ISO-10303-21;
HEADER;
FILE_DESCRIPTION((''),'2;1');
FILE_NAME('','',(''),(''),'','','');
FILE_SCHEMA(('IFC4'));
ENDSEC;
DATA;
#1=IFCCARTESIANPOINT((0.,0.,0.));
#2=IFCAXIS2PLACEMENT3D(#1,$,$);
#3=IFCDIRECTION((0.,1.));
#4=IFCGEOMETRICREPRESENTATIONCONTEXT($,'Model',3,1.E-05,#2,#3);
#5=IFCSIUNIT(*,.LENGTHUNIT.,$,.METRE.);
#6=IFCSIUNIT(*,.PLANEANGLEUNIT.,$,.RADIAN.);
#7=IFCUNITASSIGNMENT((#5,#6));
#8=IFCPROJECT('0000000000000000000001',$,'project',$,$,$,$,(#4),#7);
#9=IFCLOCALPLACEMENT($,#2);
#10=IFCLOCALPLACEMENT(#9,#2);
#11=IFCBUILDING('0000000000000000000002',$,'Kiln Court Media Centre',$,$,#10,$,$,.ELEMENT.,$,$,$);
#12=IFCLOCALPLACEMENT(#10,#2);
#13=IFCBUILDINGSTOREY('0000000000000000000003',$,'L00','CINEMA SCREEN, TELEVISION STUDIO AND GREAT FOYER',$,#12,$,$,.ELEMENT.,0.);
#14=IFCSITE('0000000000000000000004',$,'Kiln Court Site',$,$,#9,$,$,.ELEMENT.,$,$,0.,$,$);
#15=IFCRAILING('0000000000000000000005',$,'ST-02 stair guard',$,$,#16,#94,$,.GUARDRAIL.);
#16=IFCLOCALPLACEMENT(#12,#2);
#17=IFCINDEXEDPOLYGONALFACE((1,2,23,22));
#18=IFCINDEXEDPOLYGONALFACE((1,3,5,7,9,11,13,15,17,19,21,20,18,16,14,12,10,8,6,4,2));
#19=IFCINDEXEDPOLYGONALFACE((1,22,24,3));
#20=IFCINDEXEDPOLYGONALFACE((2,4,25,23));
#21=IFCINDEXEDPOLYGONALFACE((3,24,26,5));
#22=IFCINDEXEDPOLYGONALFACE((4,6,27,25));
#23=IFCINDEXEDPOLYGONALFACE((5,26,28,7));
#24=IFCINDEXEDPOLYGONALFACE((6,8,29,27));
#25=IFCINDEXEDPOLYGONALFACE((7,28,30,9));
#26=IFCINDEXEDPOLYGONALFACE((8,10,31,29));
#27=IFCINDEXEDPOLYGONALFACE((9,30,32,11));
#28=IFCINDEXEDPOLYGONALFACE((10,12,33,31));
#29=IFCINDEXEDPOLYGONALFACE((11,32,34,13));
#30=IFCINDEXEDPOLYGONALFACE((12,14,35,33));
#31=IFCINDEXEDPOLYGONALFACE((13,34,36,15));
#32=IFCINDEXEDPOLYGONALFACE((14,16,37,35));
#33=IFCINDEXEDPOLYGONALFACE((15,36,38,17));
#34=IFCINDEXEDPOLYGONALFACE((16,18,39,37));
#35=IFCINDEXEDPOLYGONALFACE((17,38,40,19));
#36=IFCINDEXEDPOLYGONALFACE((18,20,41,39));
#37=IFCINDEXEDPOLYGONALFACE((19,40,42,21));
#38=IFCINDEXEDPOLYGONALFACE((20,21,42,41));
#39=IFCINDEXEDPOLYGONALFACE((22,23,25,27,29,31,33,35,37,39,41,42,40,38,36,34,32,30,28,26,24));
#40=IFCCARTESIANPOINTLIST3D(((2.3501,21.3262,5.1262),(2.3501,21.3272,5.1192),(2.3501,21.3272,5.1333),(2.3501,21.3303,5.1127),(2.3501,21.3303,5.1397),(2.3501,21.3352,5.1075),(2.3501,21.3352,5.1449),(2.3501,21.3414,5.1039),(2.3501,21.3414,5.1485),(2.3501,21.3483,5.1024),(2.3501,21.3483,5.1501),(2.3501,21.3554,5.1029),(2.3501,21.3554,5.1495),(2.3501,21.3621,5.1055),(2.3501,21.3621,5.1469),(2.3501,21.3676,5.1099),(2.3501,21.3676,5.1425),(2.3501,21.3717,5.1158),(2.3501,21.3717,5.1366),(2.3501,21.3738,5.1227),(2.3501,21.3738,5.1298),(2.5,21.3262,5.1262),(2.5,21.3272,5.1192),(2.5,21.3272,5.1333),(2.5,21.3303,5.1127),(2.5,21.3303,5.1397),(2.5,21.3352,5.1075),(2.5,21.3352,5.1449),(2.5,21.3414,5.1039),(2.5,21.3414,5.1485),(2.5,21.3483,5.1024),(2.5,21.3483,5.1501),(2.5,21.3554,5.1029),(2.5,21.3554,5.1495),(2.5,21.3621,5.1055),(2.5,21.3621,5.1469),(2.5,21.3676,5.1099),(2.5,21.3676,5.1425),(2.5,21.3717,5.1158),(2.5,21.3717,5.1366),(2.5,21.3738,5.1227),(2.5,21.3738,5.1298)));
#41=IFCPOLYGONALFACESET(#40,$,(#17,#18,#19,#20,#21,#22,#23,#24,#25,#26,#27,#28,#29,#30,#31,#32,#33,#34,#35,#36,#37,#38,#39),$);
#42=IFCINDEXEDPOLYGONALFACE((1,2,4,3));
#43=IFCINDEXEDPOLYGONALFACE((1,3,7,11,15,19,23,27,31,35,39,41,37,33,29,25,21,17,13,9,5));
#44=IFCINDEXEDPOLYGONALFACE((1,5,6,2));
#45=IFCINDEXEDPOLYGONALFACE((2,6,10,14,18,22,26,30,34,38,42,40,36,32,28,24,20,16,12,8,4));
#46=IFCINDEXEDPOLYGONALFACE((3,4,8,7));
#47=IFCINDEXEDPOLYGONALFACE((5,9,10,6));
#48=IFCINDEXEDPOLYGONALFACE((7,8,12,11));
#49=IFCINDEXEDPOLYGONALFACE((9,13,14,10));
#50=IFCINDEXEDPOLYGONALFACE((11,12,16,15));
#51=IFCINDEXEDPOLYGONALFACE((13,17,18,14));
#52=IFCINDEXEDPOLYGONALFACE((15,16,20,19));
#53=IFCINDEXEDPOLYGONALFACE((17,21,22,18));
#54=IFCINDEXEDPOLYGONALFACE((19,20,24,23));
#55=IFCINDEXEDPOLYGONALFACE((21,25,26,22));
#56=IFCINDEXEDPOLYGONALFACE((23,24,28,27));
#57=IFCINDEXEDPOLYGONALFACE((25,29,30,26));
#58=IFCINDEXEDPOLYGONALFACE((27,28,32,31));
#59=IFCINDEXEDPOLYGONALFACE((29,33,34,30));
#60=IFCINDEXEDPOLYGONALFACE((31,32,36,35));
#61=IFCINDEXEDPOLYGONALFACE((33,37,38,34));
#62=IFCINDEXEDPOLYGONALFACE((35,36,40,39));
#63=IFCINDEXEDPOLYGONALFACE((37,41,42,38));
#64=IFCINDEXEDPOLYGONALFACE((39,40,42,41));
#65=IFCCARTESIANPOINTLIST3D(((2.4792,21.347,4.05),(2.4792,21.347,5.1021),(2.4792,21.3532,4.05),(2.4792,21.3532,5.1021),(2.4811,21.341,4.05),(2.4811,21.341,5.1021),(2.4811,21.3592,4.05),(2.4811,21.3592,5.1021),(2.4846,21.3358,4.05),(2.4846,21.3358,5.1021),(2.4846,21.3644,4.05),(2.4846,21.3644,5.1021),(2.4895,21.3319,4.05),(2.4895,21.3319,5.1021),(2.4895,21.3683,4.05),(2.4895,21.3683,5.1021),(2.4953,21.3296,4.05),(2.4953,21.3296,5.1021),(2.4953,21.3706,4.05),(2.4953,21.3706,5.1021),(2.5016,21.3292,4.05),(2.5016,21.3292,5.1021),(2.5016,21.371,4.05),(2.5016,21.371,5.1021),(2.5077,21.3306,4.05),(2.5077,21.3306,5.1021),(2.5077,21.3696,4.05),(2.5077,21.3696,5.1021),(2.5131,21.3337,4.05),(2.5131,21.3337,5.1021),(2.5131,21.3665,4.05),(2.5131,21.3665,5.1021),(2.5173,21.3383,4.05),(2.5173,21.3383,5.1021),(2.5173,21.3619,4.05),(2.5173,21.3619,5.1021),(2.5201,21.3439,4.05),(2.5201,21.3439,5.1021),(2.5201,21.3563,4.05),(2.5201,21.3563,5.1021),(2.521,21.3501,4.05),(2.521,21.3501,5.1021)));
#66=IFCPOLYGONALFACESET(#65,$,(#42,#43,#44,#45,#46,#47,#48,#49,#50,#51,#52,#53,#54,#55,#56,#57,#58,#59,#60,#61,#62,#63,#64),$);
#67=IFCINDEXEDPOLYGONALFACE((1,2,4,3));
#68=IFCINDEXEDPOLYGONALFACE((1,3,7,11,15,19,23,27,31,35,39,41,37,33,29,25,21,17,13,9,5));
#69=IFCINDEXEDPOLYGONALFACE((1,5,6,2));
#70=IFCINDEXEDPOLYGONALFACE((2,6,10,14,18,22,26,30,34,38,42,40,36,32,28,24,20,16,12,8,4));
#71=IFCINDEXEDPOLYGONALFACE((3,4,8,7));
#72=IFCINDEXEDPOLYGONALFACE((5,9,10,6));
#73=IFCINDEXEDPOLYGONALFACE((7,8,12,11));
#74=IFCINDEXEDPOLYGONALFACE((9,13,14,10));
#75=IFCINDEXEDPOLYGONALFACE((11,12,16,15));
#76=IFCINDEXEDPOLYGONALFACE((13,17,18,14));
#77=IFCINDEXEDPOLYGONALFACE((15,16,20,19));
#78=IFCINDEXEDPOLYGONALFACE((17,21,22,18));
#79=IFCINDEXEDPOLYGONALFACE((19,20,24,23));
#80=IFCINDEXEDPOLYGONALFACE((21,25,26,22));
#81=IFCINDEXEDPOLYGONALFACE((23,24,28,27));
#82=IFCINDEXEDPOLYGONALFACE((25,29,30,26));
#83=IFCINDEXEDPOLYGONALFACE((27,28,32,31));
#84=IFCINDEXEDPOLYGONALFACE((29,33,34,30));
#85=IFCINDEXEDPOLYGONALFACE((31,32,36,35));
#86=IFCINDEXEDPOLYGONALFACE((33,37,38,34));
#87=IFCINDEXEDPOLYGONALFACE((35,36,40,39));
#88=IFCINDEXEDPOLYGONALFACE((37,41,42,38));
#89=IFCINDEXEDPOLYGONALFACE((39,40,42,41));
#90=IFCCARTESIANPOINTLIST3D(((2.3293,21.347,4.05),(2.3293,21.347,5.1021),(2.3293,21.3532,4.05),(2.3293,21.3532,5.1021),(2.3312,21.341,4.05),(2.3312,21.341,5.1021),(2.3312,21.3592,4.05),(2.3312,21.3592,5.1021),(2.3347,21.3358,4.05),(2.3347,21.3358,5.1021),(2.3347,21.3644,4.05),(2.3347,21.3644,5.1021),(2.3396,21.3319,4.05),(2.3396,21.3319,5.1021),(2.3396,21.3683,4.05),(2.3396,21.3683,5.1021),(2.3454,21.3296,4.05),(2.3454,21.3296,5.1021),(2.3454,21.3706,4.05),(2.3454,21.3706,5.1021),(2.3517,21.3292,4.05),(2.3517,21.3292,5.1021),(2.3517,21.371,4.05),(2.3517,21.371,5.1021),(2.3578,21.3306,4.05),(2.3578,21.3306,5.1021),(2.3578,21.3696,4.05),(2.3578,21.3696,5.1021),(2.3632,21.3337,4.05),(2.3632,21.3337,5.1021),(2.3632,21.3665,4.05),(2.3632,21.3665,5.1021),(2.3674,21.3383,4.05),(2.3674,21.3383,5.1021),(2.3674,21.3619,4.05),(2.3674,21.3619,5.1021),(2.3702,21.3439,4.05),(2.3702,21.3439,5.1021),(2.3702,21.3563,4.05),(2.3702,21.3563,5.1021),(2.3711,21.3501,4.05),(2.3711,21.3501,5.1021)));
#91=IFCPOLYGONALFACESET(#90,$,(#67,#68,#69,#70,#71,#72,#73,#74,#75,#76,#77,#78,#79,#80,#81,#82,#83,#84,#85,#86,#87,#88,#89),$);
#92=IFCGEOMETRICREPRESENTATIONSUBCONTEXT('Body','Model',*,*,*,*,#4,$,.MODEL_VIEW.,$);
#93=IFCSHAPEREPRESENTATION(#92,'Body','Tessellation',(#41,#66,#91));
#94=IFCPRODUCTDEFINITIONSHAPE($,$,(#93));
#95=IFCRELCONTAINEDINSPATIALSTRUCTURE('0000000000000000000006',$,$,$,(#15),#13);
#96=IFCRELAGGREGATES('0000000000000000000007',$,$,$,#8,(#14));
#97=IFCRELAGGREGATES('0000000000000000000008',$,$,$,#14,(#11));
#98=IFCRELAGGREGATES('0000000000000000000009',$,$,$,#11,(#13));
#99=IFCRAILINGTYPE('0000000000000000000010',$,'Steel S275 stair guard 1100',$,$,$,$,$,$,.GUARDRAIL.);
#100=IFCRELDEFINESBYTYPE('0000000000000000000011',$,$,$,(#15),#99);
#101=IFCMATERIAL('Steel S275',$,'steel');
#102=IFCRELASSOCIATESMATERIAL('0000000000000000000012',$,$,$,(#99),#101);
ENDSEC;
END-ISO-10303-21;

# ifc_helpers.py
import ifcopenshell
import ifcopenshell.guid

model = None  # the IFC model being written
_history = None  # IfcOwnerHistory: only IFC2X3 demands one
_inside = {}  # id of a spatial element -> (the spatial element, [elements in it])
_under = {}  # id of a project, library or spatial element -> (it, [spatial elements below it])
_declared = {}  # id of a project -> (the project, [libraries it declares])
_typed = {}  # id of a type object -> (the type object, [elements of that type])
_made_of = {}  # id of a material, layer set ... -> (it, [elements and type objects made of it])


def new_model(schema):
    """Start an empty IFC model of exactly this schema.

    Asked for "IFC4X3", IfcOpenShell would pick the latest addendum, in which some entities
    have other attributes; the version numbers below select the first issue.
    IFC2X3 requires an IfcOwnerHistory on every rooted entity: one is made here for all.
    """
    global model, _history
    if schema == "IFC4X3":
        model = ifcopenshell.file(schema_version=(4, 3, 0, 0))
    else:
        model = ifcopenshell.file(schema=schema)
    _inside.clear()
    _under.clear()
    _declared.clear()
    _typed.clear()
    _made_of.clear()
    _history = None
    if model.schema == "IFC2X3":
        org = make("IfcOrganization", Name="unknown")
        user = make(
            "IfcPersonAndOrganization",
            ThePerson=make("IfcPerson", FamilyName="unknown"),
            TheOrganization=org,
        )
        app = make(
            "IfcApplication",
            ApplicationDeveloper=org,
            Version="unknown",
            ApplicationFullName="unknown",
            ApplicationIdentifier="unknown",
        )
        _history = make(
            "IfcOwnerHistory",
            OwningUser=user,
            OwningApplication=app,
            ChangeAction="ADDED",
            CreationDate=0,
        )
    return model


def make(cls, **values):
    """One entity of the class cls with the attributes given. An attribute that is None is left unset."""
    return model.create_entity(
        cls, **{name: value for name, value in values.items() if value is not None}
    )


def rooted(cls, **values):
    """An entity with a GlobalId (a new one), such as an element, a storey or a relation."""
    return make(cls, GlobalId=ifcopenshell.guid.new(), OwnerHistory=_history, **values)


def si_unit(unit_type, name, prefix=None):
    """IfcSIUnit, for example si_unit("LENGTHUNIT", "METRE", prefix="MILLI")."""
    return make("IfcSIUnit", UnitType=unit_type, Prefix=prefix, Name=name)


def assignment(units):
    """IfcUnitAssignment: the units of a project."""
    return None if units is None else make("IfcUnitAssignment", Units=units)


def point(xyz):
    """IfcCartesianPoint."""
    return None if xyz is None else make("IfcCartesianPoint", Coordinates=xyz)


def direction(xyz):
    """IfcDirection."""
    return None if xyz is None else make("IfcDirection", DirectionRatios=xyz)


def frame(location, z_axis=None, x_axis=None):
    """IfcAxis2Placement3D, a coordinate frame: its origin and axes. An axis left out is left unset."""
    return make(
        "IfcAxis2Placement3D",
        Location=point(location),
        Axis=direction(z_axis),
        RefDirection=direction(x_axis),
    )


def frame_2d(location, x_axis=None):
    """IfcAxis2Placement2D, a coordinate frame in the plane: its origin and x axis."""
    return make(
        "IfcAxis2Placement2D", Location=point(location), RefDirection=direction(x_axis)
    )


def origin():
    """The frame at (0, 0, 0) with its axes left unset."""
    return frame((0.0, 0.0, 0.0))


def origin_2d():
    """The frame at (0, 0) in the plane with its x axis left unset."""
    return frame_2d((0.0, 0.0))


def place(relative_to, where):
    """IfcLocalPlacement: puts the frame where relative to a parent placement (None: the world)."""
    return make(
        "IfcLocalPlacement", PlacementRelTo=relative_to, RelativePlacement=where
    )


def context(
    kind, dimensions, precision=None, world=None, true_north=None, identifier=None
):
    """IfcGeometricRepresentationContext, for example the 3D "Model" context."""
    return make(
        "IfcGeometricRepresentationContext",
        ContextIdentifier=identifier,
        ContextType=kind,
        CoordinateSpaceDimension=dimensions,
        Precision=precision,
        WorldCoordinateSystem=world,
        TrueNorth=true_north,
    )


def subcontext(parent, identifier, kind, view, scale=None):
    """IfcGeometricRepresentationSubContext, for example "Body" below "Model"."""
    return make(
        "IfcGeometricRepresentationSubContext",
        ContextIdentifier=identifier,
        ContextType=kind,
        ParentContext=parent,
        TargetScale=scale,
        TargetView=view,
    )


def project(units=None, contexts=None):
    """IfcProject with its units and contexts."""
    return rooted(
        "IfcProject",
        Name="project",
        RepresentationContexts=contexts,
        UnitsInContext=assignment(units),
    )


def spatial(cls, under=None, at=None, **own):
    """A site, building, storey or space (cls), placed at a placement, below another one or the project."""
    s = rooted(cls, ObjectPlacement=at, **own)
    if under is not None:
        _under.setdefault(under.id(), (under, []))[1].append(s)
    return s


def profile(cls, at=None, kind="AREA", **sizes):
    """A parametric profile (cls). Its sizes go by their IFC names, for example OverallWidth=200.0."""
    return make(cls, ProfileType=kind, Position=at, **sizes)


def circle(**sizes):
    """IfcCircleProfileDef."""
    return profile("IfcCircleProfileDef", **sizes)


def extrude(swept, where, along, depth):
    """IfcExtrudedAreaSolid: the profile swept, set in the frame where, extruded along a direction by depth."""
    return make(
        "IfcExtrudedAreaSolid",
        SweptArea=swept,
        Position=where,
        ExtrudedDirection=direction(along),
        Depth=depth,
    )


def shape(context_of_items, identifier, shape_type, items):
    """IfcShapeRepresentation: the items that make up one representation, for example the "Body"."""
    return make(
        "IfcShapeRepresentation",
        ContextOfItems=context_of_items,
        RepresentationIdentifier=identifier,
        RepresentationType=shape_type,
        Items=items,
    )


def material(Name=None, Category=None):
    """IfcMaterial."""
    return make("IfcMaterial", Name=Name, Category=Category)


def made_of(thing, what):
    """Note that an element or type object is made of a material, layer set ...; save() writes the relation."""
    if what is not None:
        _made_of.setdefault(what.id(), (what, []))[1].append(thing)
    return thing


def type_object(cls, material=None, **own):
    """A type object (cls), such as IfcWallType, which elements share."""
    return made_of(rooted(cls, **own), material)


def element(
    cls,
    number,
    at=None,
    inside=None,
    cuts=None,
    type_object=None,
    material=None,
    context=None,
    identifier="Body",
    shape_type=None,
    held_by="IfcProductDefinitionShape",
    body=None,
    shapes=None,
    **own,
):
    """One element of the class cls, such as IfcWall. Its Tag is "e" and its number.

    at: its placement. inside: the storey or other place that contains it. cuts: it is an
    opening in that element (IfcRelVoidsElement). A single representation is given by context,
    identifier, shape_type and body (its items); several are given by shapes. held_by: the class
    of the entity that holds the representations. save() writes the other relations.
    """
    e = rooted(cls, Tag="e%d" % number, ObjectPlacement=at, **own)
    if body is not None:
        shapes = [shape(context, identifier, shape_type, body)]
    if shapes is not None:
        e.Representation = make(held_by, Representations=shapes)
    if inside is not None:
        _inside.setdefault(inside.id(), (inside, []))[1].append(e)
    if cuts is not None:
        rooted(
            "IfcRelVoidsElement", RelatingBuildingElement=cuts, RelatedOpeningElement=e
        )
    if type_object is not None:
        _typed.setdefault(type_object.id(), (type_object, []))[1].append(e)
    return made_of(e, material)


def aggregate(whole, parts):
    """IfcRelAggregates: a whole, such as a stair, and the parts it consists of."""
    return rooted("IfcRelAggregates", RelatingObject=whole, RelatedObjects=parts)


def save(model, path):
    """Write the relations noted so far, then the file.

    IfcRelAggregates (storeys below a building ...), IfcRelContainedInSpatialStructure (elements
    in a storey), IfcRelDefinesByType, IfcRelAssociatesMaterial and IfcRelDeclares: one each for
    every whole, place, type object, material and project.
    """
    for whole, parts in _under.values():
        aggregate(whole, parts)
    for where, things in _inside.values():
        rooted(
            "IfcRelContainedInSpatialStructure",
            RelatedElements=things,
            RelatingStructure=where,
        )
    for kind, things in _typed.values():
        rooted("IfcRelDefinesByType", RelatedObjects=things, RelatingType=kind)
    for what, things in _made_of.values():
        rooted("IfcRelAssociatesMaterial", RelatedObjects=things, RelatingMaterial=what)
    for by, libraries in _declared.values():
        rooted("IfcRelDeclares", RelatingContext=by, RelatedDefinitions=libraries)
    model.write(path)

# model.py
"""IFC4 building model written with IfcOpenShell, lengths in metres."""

from ifc_helpers import new_model, si_unit, direction, frame, origin, origin_2d, place, context, subcontext, project, spatial, circle, extrude, material, type_object, element, save


model = new_model("IFC4")

# Units and contexts
model_context = context("Model", 3, precision=1e-05, world=origin(), true_north=direction((0.0, 1.0)))
body_context = subcontext(model_context, "Body", "Model", "MODEL_VIEW")
ifc_project = project(units=[si_unit("LENGTHUNIT", "METRE"), si_unit("PLANEANGLEUNIT", "RADIAN")], contexts=[model_context])

# Site, building, storey
site_placement = place(None, origin())
site = spatial("IfcSite", under=ifc_project, at=site_placement, Name="Kiln Court Site", CompositionType="ELEMENT", RefElevation=0.0)
building_placement = place(site_placement, origin())
building = spatial("IfcBuilding", under=site, at=building_placement, Name="Kiln Court Media Centre", CompositionType="ELEMENT")
storey_placement = place(building_placement, origin())
storey = spatial("IfcBuildingStorey", under=building, at=storey_placement, Name="L00", Description="CINEMA SCREEN, TELEVISION STUDIO AND GREAT FOYER", CompositionType="ELEMENT", Elevation=0.0)

# Railing
ifc_material_1 = material(Name="Steel S275", Category="steel")
railing_type_1 = type_object("IfcRailingType", Name="Steel S275 stair guard 1100", PredefinedType="GUARDRAIL", material=ifc_material_1)
railing_1_placement = place(storey_placement, frame((2.5, 21.3501, 4.05)))
element("IfcRailing", 1, at=railing_1_placement, inside=storey, type_object=railing_type_1, Name="ST-02 stair guard", PredefinedType="GUARDRAIL", context=body_context, shape_type="SweptSolid", body=[
    extrude(circle(Radius=0.0239, at=origin_2d()), frame((0.0, 0.0, 1.0762), z_axis=(-1.0, 0.0, 0.0), x_axis=(0.0, -1.0, 0.0)), (0.0, 0.0, 1.0), 0.1499),
    extrude(circle(Radius=0.021, at=origin_2d()), origin(), (0.0, 0.0, 1.0), 1.052),
    extrude(circle(Radius=0.021, at=origin_2d()), frame((-0.1499, 0.0, 0.0)), (0.0, 0.0, 1.0), 1.052),
])

save(model, "model.ifc")
